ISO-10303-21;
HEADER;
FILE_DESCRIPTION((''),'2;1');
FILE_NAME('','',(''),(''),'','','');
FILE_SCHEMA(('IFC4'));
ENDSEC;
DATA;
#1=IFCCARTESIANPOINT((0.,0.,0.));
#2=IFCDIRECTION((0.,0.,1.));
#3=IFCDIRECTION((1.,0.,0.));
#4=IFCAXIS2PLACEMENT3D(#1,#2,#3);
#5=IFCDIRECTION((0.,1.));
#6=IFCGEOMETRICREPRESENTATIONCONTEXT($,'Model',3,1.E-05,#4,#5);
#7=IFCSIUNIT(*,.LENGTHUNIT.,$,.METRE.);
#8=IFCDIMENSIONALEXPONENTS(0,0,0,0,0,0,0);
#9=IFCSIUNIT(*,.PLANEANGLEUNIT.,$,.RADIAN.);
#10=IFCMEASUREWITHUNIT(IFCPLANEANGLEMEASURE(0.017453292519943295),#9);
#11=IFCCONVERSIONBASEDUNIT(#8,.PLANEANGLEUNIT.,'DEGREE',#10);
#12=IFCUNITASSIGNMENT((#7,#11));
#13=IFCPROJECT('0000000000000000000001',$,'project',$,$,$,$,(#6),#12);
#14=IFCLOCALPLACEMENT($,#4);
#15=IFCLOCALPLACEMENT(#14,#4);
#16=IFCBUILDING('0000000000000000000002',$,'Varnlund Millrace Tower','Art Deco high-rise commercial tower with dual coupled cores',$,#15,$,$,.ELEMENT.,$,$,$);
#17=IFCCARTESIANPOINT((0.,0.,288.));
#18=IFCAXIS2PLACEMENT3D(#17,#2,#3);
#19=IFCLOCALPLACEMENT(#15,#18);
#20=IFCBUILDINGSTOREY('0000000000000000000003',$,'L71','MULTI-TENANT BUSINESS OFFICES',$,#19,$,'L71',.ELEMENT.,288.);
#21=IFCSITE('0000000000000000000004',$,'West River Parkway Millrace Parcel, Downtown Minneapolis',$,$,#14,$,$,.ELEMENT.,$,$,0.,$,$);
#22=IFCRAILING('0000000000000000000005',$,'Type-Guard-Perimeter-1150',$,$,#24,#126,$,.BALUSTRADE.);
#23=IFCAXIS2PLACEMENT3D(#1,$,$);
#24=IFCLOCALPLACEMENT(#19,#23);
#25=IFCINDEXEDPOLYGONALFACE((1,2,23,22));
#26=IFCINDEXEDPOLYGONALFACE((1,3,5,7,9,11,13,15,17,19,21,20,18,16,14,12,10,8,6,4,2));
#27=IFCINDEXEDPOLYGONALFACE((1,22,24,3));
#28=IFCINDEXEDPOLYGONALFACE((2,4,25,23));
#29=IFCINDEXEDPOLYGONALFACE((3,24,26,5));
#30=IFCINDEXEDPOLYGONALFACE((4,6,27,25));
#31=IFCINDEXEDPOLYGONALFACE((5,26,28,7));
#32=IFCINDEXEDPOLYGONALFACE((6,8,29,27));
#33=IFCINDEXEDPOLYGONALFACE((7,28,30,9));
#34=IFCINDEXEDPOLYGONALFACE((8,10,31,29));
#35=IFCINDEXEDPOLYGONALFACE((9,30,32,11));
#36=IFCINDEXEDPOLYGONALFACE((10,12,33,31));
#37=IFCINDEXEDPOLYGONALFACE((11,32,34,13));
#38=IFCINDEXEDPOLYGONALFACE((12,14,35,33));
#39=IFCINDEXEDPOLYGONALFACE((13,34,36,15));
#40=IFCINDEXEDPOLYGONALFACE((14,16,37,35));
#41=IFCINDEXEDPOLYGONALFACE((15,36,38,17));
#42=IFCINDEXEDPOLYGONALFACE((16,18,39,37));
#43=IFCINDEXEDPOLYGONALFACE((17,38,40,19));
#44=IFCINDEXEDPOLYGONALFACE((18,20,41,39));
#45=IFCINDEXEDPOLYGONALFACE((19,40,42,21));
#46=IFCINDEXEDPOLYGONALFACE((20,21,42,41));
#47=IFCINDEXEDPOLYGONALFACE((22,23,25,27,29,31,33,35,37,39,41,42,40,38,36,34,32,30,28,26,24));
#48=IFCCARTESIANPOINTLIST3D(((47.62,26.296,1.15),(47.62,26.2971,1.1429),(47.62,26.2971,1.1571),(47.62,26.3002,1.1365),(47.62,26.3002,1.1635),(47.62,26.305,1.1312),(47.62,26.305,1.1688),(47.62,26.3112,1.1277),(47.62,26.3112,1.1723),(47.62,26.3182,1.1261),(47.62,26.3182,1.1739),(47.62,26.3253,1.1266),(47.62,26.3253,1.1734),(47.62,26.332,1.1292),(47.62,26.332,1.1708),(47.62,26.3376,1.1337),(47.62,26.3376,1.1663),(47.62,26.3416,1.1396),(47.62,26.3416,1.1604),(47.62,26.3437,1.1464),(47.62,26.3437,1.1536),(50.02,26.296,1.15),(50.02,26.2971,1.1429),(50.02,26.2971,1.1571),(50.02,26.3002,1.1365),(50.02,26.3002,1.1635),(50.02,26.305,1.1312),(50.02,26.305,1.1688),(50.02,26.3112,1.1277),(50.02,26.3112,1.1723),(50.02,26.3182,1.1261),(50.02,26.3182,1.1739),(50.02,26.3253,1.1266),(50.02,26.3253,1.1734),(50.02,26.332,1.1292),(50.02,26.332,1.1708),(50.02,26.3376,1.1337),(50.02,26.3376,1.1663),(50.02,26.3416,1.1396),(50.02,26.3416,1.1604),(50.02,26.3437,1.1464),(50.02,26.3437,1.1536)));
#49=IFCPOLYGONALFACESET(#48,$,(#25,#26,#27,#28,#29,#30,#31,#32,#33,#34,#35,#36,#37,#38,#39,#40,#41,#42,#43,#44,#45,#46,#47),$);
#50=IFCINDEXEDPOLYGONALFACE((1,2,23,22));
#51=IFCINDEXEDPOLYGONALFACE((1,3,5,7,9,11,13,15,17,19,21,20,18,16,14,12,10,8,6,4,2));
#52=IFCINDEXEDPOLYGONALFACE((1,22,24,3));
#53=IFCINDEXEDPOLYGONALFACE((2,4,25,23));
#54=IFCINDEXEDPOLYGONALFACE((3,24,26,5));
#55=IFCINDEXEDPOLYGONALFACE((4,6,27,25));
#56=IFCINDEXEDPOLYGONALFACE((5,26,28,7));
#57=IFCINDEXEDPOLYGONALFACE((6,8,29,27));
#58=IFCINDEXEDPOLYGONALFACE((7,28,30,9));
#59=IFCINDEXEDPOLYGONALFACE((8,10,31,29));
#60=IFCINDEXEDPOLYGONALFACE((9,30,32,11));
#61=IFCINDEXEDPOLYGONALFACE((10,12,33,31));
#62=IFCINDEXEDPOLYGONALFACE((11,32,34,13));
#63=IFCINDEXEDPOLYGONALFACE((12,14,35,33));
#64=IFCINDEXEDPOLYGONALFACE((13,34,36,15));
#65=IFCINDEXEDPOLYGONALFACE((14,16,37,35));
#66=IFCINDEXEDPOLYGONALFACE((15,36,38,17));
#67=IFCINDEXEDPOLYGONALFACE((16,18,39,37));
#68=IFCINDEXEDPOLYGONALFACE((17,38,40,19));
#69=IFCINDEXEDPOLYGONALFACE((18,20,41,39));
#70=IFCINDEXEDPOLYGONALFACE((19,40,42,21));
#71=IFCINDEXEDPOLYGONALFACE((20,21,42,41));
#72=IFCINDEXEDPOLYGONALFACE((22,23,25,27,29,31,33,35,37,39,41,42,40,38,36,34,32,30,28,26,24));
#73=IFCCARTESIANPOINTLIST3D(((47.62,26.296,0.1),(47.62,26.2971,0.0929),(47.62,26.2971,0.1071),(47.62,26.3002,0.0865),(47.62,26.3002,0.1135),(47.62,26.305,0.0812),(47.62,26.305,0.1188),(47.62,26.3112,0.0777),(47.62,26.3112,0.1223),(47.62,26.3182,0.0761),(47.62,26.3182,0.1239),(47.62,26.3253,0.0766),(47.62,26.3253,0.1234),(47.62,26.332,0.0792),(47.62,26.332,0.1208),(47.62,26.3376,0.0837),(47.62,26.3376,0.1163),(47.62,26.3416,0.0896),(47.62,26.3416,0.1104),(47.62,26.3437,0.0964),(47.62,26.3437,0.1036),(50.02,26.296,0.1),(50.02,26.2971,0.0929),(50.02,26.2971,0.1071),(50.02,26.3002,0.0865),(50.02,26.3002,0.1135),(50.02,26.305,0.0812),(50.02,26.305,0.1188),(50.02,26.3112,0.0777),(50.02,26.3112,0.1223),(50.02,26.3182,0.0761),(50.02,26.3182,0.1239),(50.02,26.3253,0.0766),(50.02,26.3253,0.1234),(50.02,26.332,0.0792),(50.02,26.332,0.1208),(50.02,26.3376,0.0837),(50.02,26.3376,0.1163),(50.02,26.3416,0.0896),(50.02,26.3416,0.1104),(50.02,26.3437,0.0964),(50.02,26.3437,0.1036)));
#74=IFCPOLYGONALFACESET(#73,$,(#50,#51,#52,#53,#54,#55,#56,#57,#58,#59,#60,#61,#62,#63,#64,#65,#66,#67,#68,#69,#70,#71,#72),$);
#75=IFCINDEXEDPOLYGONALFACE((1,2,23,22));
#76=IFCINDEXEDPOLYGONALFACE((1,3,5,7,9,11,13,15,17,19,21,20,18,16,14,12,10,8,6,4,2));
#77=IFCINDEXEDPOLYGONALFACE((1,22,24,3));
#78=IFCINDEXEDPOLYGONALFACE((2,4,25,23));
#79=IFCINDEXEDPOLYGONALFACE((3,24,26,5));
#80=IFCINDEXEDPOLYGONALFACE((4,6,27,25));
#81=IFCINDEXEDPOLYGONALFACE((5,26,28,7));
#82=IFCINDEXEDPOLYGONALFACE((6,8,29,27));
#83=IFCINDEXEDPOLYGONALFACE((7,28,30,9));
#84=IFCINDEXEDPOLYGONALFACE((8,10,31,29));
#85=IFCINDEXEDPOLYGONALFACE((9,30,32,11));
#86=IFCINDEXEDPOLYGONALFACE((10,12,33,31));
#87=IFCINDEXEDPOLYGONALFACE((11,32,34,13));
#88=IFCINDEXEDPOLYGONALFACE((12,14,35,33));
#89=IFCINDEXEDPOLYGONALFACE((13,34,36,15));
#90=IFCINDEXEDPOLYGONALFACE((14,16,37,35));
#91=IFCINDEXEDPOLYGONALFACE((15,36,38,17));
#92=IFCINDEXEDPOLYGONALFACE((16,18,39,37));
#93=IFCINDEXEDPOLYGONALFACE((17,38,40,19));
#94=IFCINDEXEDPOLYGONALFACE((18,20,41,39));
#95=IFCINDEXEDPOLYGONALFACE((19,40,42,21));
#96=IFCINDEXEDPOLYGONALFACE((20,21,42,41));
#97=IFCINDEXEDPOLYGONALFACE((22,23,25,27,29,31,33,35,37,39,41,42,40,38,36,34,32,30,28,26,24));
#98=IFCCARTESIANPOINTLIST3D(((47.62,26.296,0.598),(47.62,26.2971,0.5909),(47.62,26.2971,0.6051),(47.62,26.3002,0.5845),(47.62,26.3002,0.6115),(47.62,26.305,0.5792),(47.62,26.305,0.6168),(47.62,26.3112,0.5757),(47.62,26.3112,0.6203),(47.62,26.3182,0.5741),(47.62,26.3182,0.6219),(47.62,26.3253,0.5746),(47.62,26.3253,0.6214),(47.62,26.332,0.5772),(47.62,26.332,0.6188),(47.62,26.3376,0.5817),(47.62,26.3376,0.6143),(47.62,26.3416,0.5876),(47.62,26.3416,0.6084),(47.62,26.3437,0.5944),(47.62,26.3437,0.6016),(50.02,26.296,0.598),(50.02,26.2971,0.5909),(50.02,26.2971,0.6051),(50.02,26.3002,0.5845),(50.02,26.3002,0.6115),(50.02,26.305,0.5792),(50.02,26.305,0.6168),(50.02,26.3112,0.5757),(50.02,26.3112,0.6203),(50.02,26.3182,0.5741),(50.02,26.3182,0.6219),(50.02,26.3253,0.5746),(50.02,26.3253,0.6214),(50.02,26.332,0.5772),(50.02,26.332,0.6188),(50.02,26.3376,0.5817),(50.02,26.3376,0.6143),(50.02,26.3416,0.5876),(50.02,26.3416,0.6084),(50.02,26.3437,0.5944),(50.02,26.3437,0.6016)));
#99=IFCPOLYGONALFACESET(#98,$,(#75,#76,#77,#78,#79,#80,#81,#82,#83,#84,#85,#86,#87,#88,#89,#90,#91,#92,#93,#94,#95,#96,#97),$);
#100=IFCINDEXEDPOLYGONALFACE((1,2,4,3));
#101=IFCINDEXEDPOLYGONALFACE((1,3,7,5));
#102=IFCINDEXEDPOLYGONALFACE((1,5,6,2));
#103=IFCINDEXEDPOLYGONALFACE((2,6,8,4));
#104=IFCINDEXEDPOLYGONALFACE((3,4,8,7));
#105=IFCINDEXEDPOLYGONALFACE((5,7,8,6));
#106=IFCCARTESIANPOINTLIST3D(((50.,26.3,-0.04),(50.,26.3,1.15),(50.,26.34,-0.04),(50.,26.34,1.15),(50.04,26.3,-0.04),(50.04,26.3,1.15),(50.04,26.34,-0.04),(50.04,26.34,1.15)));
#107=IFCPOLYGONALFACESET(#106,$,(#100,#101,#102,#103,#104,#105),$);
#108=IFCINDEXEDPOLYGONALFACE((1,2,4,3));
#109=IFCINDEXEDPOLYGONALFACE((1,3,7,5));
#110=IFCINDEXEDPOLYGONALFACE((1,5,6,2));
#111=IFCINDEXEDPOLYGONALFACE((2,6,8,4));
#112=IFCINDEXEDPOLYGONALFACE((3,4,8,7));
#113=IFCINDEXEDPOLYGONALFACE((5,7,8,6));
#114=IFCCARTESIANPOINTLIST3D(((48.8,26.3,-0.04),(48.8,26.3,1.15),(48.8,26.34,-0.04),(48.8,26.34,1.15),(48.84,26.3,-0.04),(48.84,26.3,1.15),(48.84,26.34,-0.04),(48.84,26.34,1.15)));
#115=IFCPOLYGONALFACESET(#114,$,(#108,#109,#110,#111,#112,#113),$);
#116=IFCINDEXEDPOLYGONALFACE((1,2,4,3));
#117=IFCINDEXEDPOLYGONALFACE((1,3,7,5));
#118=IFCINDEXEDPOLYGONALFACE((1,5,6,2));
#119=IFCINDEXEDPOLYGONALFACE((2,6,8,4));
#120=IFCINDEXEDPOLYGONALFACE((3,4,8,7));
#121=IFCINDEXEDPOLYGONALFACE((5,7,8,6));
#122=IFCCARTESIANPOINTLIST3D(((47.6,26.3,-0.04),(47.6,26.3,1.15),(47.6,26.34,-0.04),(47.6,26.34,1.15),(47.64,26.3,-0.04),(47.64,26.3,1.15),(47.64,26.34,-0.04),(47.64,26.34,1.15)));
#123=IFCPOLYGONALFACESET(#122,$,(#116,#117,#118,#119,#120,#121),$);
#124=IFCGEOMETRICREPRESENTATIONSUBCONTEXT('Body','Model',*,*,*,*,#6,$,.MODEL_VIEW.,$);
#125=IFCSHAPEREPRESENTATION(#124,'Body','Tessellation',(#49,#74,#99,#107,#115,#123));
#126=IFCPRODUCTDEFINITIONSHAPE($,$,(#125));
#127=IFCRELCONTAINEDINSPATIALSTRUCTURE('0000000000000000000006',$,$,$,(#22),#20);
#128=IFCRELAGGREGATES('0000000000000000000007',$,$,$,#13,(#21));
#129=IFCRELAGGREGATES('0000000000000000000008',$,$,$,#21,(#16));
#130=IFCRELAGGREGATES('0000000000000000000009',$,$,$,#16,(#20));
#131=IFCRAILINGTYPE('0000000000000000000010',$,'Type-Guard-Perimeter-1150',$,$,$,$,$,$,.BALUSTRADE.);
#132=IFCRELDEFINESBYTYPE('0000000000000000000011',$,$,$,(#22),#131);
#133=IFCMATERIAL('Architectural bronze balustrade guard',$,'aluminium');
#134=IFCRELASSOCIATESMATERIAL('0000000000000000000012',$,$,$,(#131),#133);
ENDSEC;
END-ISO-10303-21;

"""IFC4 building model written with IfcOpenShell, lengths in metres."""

from ifc_helpers import new_model, entity, si_unit, converted_unit, direction, frame, origin_with_axes, origin_2d_with_axis, place, context, subcontext, project, spatial, rectangle, circle, extrude, material, type_object, element, save


model = new_model("IFC4")

# Units and contexts
model_context = context("Model", 3, precision=1e-05, world=origin_with_axes(), true_north=direction((0.0, 1.0)))
body_context = subcontext(model_context, "Body", "Model", "MODEL_VIEW")
ifc_project = project(units=[si_unit("LENGTHUNIT", "METRE"), converted_unit("PLANEANGLEUNIT", "DEGREE", entity("IfcPlaneAngleMeasure", 0.017453292519943295), si_unit("PLANEANGLEUNIT", "RADIAN"), dimensions=[0, 0, 0, 0, 0, 0, 0])], contexts=[model_context])

# Site, building, storey
site_placement = place(None, origin_with_axes())
site = spatial("IfcSite", under=ifc_project, at=site_placement, Name="West River Parkway Millrace Parcel, Downtown Minneapolis", CompositionType="ELEMENT", RefElevation=0.0)
building_placement = place(site_placement, origin_with_axes())
building = spatial("IfcBuilding", under=site, at=building_placement, Name="Varnlund Millrace Tower", Description="Art Deco high-rise commercial tower with dual coupled cores", CompositionType="ELEMENT")
storey_placement = place(building_placement, frame((0.0, 0.0, 288.0), z_axis=(0.0, 0.0, 1.0), x_axis=(1.0, 0.0, 0.0)))
storey = spatial("IfcBuildingStorey", under=building, at=storey_placement, Name="L71", Description="MULTI-TENANT BUSINESS OFFICES", LongName="L71", CompositionType="ELEMENT", Elevation=288.0)

# Railing
ifc_material_1 = material(Name="Architectural bronze balustrade guard", Category="aluminium")
railing_type_1 = type_object("IfcRailingType", Name="Type-Guard-Perimeter-1150", PredefinedType="BALUSTRADE", material=ifc_material_1)
railing_1_placement = place(storey_placement, frame((0.0, 0.0, -288.0), z_axis=(0.0, 0.0, 1.0), x_axis=(1.0, 0.0, 0.0)))
element("IfcRailing", 1, at=railing_1_placement, inside=storey, type_object=railing_type_1, Name="Type-Guard-Perimeter-1150", PredefinedType="BALUSTRADE", context=body_context, shape_type="SweptSolid", body=[
    extrude(circle(Radius=0.024, at=origin_2d_with_axis()), frame((50.02, 26.32, 289.15), z_axis=(-1.0, 0.0, 0.0), x_axis=(0.0, -1.0, 0.0)), (0.0, 0.0, 1.0), 2.4),
    extrude(circle(Radius=0.024, at=origin_2d_with_axis()), frame((50.02, 26.32, 288.1), z_axis=(-1.0, 0.0, 0.0), x_axis=(0.0, -1.0, 0.0)), (0.0, 0.0, 1.0), 2.4),
    extrude(circle(Radius=0.024, at=origin_2d_with_axis()), frame((50.02, 26.32, 288.598), z_axis=(-1.0, 0.0, 0.0), x_axis=(0.0, -1.0, 0.0)), (0.0, 0.0, 1.0), 2.4),
    extrude(rectangle(XDim=0.04, YDim=0.04, at=origin_2d_with_axis()), frame((50.02, 26.32, 287.96), z_axis=(0.0, 0.0, 1.0), x_axis=(1.0, 0.0, 0.0)), (0.0, 0.0, 1.0), 1.19),
    extrude(rectangle(XDim=0.04, YDim=0.04, at=origin_2d_with_axis()), frame((48.82, 26.32, 287.96), z_axis=(0.0, 0.0, 1.0), x_axis=(1.0, 0.0, 0.0)), (0.0, 0.0, 1.0), 1.19),
    extrude(rectangle(XDim=0.04, YDim=0.04, at=origin_2d_with_axis()), frame((47.62, 26.32, 287.96), z_axis=(0.0, 0.0, 1.0), x_axis=(1.0, 0.0, 0.0)), (0.0, 0.0, 1.0), 1.19),
])

save(model, "model.ifc")
